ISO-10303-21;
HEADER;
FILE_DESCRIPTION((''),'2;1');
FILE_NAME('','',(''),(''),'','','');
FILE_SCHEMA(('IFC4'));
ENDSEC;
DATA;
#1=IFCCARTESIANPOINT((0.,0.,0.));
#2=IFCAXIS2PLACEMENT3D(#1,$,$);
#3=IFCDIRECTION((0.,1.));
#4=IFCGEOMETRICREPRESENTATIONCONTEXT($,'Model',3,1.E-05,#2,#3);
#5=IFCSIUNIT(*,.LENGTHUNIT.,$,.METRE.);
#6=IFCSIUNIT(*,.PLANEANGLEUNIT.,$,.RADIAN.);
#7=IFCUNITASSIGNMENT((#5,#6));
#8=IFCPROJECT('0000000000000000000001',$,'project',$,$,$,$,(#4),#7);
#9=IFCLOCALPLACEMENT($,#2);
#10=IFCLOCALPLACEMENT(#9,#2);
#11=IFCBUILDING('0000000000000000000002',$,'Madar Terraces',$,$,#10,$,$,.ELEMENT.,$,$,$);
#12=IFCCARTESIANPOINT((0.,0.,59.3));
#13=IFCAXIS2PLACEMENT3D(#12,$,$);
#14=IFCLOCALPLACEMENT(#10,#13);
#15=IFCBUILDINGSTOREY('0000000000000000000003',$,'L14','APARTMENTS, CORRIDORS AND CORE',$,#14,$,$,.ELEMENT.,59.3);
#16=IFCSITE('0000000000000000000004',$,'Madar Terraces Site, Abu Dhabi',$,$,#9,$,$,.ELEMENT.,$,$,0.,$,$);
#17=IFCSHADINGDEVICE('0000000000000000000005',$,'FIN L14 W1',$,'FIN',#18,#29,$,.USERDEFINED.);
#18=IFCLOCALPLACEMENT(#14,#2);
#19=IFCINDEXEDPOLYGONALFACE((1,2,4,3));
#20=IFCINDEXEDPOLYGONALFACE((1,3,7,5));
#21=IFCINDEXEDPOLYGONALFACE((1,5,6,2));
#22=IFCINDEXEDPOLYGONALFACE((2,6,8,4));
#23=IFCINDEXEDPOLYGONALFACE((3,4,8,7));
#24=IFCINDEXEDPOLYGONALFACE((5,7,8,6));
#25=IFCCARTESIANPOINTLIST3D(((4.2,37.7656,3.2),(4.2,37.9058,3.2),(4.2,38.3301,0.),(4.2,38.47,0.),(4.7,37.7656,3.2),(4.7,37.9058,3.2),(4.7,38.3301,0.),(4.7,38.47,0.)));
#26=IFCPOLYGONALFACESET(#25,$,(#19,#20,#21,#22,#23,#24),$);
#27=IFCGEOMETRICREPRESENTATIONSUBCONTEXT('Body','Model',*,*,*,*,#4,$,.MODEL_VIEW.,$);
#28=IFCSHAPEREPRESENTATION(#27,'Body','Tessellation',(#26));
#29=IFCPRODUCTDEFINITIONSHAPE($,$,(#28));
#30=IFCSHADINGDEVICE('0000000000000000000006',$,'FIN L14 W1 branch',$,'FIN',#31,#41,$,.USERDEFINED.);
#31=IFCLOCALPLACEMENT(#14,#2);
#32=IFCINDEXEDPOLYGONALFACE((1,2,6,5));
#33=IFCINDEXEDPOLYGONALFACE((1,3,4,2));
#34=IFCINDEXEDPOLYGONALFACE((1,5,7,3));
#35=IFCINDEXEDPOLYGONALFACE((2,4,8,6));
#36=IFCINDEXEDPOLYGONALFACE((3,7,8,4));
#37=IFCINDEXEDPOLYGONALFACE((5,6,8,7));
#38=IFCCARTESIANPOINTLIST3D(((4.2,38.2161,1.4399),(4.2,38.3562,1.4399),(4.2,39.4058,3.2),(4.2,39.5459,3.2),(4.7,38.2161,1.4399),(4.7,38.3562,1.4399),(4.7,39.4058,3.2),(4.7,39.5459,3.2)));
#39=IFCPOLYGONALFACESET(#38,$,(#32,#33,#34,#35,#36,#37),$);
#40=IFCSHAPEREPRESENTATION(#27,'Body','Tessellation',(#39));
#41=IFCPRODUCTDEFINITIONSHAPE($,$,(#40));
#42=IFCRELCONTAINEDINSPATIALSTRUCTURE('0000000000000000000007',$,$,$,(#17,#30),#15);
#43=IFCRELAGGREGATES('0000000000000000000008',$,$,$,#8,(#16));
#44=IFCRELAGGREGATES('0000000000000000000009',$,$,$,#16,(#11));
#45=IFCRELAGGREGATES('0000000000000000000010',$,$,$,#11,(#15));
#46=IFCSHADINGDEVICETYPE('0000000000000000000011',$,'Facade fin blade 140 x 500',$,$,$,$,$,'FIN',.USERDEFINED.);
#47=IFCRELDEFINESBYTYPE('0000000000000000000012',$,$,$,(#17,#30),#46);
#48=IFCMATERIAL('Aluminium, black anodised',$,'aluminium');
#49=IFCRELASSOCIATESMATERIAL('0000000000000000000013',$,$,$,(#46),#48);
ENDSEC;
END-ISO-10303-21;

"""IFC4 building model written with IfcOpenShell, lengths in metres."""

from ifc_helpers import new_model, si_unit, direction, frame, origin, place, context, subcontext, project, spatial, polyline, outline, extrude, material, type_object, element, save


model = new_model("IFC4")

# Units and contexts
model_context = context("Model", 3, precision=1e-05, world=origin(), true_north=direction((0.0, 1.0)))
body_context = subcontext(model_context, "Body", "Model", "MODEL_VIEW")
ifc_project = project(units=[si_unit("LENGTHUNIT", "METRE"), si_unit("PLANEANGLEUNIT", "RADIAN")], contexts=[model_context])

# Site, building, storey
site_placement = place(None, origin())
site = spatial("IfcSite", under=ifc_project, at=site_placement, Name="Madar Terraces Site, Abu Dhabi", CompositionType="ELEMENT", RefElevation=0.0)
building_placement = place(site_placement, origin())
building = spatial("IfcBuilding", under=site, at=building_placement, Name="Madar Terraces", CompositionType="ELEMENT")
storey_placement = place(building_placement, frame((0.0, 0.0, 59.3)))
storey = spatial("IfcBuildingStorey", under=building, at=storey_placement, Name="L14", Description="APARTMENTS, CORRIDORS AND CORE", CompositionType="ELEMENT", Elevation=59.3)

# Shading devices
ifc_material_1 = material(Name="Aluminium, black anodised", Category="aluminium")
shading_device_type = type_object("IfcShadingDeviceType", Name="Facade fin blade 140 x 500", ElementType="FIN", PredefinedType="USERDEFINED", material=ifc_material_1)
shading_device_1_placement = place(storey_placement, frame((4.45, 38.47, 0.0), z_axis=(0.0, 0.0, 1.0), x_axis=(0.0, -1.0, 0.0)))
element("IfcShadingDevice", 1, at=shading_device_1_placement, inside=storey, type_object=shading_device_type, Name="FIN L14 W1", ObjectType="FIN", PredefinedType="USERDEFINED", context=body_context, shape_type="SweptSolid", body=[
    extrude(outline(polyline([(0.0, 0.0), (0.1399, 0.0), (0.7043, 3.2), (0.5642, 3.2), (0.0, 0.0)])), frame((0.0, 0.25, 0.0), z_axis=(0.0, -1.0, 0.0), x_axis=(1.0, 0.0, 0.0)), (0.0, 0.0, 1.0), 0.5),
])
shading_device_2_placement = place(storey_placement, frame((4.45, 38.3562, 1.4399), z_axis=(0.0, 0.0, 1.0), x_axis=(0.0, -1.0, 0.0)))
element("IfcShadingDevice", 2, at=shading_device_2_placement, inside=storey, type_object=shading_device_type, Name="FIN L14 W1 branch", ObjectType="FIN", PredefinedType="USERDEFINED", context=body_context, shape_type="SweptSolid", body=[
    extrude(outline(polyline([(0.0, 0.0), (0.1401, 0.0), (-1.0496, 1.76), (-1.1897, 1.76), (0.0, 0.0)])), frame((0.0, 0.25, 0.0), z_axis=(0.0, -1.0, 0.0), x_axis=(1.0, 0.0, 0.0)), (0.0, 0.0, 1.0), 0.5),
])

save(model, "model.ifc")
